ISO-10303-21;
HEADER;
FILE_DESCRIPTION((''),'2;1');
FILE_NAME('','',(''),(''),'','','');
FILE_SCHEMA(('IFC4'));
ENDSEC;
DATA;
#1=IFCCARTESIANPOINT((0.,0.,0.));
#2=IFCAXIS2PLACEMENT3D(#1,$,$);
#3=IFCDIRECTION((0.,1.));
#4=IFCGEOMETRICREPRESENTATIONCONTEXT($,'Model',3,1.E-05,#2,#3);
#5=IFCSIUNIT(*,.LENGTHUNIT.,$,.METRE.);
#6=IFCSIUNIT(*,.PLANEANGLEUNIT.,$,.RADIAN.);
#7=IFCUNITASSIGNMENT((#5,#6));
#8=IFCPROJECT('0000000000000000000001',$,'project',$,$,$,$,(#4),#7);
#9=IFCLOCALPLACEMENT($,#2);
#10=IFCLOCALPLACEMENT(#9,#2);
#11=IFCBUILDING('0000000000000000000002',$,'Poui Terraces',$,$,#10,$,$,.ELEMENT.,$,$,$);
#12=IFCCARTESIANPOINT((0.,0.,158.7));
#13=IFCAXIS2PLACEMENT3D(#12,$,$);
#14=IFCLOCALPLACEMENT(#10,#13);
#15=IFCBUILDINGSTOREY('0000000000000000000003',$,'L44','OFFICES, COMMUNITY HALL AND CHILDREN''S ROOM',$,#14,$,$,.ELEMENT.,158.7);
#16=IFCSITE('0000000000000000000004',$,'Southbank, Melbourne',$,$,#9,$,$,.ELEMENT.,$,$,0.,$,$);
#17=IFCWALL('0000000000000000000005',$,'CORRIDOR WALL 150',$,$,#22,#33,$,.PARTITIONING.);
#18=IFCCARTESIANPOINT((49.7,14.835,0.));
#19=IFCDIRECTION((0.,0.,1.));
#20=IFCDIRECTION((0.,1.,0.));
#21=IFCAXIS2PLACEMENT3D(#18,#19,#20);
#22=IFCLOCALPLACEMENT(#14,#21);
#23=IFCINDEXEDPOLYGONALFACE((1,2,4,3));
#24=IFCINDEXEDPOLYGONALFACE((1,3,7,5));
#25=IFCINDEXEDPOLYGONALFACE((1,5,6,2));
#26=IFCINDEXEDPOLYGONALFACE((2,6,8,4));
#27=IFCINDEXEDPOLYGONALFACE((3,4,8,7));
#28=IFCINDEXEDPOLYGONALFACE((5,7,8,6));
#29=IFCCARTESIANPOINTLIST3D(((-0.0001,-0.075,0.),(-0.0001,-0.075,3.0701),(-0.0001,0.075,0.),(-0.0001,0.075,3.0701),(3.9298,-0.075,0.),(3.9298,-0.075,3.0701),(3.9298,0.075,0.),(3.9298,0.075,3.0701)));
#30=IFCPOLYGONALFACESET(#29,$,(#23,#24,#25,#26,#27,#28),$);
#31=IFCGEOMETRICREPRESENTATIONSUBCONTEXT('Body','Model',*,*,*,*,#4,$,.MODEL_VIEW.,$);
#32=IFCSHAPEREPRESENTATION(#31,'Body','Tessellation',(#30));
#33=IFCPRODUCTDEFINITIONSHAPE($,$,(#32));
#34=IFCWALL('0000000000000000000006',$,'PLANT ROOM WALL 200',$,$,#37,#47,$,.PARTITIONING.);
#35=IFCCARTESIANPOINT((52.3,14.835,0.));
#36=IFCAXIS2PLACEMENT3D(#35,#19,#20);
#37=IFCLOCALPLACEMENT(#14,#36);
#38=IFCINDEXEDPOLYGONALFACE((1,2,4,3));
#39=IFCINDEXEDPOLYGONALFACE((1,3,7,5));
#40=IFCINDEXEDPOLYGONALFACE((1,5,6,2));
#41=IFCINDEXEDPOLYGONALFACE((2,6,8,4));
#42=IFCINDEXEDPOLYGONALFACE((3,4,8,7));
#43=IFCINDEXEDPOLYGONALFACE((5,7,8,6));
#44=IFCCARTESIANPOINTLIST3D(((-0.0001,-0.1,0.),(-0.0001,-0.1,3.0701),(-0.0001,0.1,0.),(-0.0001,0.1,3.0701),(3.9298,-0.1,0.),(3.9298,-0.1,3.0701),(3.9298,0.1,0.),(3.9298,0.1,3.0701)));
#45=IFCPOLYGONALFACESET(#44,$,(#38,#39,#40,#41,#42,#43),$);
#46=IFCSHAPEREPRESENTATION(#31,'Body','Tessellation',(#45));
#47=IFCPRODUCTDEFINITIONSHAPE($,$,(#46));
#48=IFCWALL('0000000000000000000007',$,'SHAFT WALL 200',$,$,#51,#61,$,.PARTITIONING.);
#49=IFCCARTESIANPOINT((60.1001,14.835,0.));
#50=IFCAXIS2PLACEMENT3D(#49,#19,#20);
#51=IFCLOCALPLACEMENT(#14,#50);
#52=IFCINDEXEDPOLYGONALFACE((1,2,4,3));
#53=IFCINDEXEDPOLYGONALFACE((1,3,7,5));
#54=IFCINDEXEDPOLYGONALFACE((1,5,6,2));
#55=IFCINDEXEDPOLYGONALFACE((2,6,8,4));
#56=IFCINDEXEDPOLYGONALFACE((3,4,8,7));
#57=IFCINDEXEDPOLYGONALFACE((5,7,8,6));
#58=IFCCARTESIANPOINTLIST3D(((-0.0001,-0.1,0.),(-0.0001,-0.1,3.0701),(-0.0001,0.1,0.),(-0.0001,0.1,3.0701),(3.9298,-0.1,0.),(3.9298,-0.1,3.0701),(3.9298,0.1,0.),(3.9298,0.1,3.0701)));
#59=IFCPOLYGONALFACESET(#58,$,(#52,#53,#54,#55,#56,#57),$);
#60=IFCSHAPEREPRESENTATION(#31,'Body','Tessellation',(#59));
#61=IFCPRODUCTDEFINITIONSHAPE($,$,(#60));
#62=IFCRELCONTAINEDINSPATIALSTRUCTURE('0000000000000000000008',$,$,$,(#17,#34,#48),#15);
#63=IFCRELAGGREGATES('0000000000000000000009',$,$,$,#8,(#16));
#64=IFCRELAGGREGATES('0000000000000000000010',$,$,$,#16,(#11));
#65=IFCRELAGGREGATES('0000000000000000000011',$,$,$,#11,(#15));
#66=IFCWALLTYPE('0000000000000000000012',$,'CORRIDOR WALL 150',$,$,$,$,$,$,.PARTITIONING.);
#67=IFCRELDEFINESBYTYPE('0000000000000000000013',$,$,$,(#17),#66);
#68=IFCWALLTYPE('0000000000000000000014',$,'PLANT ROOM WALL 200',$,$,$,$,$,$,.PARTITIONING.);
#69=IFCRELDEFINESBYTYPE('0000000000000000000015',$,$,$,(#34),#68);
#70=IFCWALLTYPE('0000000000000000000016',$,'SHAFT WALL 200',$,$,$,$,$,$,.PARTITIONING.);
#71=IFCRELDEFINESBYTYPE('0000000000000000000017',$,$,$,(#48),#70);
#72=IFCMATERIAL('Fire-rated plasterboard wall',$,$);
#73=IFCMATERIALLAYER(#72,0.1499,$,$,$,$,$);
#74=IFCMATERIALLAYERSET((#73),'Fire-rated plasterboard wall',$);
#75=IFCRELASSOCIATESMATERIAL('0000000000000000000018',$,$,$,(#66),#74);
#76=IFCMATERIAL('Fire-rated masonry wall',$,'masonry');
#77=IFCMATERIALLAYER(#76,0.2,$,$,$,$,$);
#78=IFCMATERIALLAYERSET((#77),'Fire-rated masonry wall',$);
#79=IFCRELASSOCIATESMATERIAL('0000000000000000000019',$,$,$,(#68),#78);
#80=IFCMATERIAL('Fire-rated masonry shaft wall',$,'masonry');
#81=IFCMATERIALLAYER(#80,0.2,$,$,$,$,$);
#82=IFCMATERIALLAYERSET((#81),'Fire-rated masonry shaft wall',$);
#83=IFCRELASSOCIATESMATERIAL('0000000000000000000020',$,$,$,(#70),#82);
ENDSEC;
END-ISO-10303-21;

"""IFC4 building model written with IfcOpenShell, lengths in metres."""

from ifc_helpers import new_model, si_unit, direction, frame, frame_2d, origin, place, context, subcontext, project, spatial, rectangle, extrude, material, layer, layer_set, type_object, element, save


model = new_model("IFC4")

# Units and contexts
model_context = context("Model", 3, precision=1e-05, world=origin(), true_north=direction((0.0, 1.0)))
body_context = subcontext(model_context, "Body", "Model", "MODEL_VIEW")
ifc_project = project(units=[si_unit("LENGTHUNIT", "METRE"), si_unit("PLANEANGLEUNIT", "RADIAN")], contexts=[model_context])

# Site, building, storey
site_placement = place(None, origin())
site = spatial("IfcSite", under=ifc_project, at=site_placement, Name="Southbank, Melbourne", CompositionType="ELEMENT", RefElevation=0.0)
building_placement = place(site_placement, origin())
building = spatial("IfcBuilding", under=site, at=building_placement, Name="Poui Terraces", CompositionType="ELEMENT")
storey_placement = place(building_placement, frame((0.0, 0.0, 158.7)))
storey = spatial("IfcBuildingStorey", under=building, at=storey_placement, Name="L44", Description="OFFICES, COMMUNITY HALL AND CHILDREN'S ROOM", CompositionType="ELEMENT", Elevation=158.7)

# Wall
ifc_material_1 = material(Name="Fire-rated plasterboard wall")
ifc_layer_1 = layer(ifc_material_1, 0.1499)
ifc_layer_set_1 = layer_set([ifc_layer_1], Name="Fire-rated plasterboard wall")
wall_type_1 = type_object("IfcWallType", Name="CORRIDOR WALL 150", PredefinedType="PARTITIONING", material=ifc_layer_set_1)
for number, where, z_axis, x_axis, name in (
    (1, (49.7, 14.835, 0.0), (0.0, 0.0, 1.0), (0.0, 1.0, 0.0), "CORRIDOR WALL 150"),
):
    element("IfcWall", number, at=place(storey_placement, frame(where, z_axis=z_axis, x_axis=x_axis)), inside=storey, type_object=wall_type_1, Name=name, PredefinedType="PARTITIONING", context=body_context, shape_type="SweptSolid", body=[
        extrude(rectangle(XDim=3.9299, YDim=0.1499, at=frame_2d((1.9648, 0.0))), origin(), (0.0, 0.0, 1.0), 3.0701),
    ])

# Walls
ifc_material_2 = material(Name="Fire-rated masonry wall", Category="masonry")
ifc_layer_2 = layer(ifc_material_2, 0.2)
ifc_layer_set_2 = layer_set([ifc_layer_2], Name="Fire-rated masonry wall")
wall_type_2 = type_object("IfcWallType", Name="PLANT ROOM WALL 200", PredefinedType="PARTITIONING", material=ifc_layer_set_2)
wall_1_placement = place(storey_placement, frame((52.3, 14.835, 0.0), z_axis=(0.0, 0.0, 1.0), x_axis=(0.0, 1.0, 0.0)))
element("IfcWall", 2, at=wall_1_placement, inside=storey, type_object=wall_type_2, Name="PLANT ROOM WALL 200", PredefinedType="PARTITIONING", context=body_context, shape_type="SweptSolid", body=[
    extrude(rectangle(XDim=3.9299, YDim=0.2, at=frame_2d((1.9648, 0.0))), origin(), (0.0, 0.0, 1.0), 3.0701),
])
ifc_material_3 = material(Name="Fire-rated masonry shaft wall", Category="masonry")
ifc_layer_3 = layer(ifc_material_3, 0.2)
ifc_layer_set_3 = layer_set([ifc_layer_3], Name="Fire-rated masonry shaft wall")
wall_type_3 = type_object("IfcWallType", Name="SHAFT WALL 200", PredefinedType="PARTITIONING", material=ifc_layer_set_3)
wall_2_placement = place(storey_placement, frame((60.1001, 14.835, 0.0), z_axis=(0.0, 0.0, 1.0), x_axis=(0.0, 1.0, 0.0)))
element("IfcWall", 3, at=wall_2_placement, inside=storey, type_object=wall_type_3, Name="SHAFT WALL 200", PredefinedType="PARTITIONING", context=body_context, shape_type="SweptSolid", body=[
    extrude(rectangle(XDim=3.9299, YDim=0.2, at=frame_2d((1.9648, 0.0))), origin(), (0.0, 0.0, 1.0), 3.0701),
])

save(model, "model.ifc")
